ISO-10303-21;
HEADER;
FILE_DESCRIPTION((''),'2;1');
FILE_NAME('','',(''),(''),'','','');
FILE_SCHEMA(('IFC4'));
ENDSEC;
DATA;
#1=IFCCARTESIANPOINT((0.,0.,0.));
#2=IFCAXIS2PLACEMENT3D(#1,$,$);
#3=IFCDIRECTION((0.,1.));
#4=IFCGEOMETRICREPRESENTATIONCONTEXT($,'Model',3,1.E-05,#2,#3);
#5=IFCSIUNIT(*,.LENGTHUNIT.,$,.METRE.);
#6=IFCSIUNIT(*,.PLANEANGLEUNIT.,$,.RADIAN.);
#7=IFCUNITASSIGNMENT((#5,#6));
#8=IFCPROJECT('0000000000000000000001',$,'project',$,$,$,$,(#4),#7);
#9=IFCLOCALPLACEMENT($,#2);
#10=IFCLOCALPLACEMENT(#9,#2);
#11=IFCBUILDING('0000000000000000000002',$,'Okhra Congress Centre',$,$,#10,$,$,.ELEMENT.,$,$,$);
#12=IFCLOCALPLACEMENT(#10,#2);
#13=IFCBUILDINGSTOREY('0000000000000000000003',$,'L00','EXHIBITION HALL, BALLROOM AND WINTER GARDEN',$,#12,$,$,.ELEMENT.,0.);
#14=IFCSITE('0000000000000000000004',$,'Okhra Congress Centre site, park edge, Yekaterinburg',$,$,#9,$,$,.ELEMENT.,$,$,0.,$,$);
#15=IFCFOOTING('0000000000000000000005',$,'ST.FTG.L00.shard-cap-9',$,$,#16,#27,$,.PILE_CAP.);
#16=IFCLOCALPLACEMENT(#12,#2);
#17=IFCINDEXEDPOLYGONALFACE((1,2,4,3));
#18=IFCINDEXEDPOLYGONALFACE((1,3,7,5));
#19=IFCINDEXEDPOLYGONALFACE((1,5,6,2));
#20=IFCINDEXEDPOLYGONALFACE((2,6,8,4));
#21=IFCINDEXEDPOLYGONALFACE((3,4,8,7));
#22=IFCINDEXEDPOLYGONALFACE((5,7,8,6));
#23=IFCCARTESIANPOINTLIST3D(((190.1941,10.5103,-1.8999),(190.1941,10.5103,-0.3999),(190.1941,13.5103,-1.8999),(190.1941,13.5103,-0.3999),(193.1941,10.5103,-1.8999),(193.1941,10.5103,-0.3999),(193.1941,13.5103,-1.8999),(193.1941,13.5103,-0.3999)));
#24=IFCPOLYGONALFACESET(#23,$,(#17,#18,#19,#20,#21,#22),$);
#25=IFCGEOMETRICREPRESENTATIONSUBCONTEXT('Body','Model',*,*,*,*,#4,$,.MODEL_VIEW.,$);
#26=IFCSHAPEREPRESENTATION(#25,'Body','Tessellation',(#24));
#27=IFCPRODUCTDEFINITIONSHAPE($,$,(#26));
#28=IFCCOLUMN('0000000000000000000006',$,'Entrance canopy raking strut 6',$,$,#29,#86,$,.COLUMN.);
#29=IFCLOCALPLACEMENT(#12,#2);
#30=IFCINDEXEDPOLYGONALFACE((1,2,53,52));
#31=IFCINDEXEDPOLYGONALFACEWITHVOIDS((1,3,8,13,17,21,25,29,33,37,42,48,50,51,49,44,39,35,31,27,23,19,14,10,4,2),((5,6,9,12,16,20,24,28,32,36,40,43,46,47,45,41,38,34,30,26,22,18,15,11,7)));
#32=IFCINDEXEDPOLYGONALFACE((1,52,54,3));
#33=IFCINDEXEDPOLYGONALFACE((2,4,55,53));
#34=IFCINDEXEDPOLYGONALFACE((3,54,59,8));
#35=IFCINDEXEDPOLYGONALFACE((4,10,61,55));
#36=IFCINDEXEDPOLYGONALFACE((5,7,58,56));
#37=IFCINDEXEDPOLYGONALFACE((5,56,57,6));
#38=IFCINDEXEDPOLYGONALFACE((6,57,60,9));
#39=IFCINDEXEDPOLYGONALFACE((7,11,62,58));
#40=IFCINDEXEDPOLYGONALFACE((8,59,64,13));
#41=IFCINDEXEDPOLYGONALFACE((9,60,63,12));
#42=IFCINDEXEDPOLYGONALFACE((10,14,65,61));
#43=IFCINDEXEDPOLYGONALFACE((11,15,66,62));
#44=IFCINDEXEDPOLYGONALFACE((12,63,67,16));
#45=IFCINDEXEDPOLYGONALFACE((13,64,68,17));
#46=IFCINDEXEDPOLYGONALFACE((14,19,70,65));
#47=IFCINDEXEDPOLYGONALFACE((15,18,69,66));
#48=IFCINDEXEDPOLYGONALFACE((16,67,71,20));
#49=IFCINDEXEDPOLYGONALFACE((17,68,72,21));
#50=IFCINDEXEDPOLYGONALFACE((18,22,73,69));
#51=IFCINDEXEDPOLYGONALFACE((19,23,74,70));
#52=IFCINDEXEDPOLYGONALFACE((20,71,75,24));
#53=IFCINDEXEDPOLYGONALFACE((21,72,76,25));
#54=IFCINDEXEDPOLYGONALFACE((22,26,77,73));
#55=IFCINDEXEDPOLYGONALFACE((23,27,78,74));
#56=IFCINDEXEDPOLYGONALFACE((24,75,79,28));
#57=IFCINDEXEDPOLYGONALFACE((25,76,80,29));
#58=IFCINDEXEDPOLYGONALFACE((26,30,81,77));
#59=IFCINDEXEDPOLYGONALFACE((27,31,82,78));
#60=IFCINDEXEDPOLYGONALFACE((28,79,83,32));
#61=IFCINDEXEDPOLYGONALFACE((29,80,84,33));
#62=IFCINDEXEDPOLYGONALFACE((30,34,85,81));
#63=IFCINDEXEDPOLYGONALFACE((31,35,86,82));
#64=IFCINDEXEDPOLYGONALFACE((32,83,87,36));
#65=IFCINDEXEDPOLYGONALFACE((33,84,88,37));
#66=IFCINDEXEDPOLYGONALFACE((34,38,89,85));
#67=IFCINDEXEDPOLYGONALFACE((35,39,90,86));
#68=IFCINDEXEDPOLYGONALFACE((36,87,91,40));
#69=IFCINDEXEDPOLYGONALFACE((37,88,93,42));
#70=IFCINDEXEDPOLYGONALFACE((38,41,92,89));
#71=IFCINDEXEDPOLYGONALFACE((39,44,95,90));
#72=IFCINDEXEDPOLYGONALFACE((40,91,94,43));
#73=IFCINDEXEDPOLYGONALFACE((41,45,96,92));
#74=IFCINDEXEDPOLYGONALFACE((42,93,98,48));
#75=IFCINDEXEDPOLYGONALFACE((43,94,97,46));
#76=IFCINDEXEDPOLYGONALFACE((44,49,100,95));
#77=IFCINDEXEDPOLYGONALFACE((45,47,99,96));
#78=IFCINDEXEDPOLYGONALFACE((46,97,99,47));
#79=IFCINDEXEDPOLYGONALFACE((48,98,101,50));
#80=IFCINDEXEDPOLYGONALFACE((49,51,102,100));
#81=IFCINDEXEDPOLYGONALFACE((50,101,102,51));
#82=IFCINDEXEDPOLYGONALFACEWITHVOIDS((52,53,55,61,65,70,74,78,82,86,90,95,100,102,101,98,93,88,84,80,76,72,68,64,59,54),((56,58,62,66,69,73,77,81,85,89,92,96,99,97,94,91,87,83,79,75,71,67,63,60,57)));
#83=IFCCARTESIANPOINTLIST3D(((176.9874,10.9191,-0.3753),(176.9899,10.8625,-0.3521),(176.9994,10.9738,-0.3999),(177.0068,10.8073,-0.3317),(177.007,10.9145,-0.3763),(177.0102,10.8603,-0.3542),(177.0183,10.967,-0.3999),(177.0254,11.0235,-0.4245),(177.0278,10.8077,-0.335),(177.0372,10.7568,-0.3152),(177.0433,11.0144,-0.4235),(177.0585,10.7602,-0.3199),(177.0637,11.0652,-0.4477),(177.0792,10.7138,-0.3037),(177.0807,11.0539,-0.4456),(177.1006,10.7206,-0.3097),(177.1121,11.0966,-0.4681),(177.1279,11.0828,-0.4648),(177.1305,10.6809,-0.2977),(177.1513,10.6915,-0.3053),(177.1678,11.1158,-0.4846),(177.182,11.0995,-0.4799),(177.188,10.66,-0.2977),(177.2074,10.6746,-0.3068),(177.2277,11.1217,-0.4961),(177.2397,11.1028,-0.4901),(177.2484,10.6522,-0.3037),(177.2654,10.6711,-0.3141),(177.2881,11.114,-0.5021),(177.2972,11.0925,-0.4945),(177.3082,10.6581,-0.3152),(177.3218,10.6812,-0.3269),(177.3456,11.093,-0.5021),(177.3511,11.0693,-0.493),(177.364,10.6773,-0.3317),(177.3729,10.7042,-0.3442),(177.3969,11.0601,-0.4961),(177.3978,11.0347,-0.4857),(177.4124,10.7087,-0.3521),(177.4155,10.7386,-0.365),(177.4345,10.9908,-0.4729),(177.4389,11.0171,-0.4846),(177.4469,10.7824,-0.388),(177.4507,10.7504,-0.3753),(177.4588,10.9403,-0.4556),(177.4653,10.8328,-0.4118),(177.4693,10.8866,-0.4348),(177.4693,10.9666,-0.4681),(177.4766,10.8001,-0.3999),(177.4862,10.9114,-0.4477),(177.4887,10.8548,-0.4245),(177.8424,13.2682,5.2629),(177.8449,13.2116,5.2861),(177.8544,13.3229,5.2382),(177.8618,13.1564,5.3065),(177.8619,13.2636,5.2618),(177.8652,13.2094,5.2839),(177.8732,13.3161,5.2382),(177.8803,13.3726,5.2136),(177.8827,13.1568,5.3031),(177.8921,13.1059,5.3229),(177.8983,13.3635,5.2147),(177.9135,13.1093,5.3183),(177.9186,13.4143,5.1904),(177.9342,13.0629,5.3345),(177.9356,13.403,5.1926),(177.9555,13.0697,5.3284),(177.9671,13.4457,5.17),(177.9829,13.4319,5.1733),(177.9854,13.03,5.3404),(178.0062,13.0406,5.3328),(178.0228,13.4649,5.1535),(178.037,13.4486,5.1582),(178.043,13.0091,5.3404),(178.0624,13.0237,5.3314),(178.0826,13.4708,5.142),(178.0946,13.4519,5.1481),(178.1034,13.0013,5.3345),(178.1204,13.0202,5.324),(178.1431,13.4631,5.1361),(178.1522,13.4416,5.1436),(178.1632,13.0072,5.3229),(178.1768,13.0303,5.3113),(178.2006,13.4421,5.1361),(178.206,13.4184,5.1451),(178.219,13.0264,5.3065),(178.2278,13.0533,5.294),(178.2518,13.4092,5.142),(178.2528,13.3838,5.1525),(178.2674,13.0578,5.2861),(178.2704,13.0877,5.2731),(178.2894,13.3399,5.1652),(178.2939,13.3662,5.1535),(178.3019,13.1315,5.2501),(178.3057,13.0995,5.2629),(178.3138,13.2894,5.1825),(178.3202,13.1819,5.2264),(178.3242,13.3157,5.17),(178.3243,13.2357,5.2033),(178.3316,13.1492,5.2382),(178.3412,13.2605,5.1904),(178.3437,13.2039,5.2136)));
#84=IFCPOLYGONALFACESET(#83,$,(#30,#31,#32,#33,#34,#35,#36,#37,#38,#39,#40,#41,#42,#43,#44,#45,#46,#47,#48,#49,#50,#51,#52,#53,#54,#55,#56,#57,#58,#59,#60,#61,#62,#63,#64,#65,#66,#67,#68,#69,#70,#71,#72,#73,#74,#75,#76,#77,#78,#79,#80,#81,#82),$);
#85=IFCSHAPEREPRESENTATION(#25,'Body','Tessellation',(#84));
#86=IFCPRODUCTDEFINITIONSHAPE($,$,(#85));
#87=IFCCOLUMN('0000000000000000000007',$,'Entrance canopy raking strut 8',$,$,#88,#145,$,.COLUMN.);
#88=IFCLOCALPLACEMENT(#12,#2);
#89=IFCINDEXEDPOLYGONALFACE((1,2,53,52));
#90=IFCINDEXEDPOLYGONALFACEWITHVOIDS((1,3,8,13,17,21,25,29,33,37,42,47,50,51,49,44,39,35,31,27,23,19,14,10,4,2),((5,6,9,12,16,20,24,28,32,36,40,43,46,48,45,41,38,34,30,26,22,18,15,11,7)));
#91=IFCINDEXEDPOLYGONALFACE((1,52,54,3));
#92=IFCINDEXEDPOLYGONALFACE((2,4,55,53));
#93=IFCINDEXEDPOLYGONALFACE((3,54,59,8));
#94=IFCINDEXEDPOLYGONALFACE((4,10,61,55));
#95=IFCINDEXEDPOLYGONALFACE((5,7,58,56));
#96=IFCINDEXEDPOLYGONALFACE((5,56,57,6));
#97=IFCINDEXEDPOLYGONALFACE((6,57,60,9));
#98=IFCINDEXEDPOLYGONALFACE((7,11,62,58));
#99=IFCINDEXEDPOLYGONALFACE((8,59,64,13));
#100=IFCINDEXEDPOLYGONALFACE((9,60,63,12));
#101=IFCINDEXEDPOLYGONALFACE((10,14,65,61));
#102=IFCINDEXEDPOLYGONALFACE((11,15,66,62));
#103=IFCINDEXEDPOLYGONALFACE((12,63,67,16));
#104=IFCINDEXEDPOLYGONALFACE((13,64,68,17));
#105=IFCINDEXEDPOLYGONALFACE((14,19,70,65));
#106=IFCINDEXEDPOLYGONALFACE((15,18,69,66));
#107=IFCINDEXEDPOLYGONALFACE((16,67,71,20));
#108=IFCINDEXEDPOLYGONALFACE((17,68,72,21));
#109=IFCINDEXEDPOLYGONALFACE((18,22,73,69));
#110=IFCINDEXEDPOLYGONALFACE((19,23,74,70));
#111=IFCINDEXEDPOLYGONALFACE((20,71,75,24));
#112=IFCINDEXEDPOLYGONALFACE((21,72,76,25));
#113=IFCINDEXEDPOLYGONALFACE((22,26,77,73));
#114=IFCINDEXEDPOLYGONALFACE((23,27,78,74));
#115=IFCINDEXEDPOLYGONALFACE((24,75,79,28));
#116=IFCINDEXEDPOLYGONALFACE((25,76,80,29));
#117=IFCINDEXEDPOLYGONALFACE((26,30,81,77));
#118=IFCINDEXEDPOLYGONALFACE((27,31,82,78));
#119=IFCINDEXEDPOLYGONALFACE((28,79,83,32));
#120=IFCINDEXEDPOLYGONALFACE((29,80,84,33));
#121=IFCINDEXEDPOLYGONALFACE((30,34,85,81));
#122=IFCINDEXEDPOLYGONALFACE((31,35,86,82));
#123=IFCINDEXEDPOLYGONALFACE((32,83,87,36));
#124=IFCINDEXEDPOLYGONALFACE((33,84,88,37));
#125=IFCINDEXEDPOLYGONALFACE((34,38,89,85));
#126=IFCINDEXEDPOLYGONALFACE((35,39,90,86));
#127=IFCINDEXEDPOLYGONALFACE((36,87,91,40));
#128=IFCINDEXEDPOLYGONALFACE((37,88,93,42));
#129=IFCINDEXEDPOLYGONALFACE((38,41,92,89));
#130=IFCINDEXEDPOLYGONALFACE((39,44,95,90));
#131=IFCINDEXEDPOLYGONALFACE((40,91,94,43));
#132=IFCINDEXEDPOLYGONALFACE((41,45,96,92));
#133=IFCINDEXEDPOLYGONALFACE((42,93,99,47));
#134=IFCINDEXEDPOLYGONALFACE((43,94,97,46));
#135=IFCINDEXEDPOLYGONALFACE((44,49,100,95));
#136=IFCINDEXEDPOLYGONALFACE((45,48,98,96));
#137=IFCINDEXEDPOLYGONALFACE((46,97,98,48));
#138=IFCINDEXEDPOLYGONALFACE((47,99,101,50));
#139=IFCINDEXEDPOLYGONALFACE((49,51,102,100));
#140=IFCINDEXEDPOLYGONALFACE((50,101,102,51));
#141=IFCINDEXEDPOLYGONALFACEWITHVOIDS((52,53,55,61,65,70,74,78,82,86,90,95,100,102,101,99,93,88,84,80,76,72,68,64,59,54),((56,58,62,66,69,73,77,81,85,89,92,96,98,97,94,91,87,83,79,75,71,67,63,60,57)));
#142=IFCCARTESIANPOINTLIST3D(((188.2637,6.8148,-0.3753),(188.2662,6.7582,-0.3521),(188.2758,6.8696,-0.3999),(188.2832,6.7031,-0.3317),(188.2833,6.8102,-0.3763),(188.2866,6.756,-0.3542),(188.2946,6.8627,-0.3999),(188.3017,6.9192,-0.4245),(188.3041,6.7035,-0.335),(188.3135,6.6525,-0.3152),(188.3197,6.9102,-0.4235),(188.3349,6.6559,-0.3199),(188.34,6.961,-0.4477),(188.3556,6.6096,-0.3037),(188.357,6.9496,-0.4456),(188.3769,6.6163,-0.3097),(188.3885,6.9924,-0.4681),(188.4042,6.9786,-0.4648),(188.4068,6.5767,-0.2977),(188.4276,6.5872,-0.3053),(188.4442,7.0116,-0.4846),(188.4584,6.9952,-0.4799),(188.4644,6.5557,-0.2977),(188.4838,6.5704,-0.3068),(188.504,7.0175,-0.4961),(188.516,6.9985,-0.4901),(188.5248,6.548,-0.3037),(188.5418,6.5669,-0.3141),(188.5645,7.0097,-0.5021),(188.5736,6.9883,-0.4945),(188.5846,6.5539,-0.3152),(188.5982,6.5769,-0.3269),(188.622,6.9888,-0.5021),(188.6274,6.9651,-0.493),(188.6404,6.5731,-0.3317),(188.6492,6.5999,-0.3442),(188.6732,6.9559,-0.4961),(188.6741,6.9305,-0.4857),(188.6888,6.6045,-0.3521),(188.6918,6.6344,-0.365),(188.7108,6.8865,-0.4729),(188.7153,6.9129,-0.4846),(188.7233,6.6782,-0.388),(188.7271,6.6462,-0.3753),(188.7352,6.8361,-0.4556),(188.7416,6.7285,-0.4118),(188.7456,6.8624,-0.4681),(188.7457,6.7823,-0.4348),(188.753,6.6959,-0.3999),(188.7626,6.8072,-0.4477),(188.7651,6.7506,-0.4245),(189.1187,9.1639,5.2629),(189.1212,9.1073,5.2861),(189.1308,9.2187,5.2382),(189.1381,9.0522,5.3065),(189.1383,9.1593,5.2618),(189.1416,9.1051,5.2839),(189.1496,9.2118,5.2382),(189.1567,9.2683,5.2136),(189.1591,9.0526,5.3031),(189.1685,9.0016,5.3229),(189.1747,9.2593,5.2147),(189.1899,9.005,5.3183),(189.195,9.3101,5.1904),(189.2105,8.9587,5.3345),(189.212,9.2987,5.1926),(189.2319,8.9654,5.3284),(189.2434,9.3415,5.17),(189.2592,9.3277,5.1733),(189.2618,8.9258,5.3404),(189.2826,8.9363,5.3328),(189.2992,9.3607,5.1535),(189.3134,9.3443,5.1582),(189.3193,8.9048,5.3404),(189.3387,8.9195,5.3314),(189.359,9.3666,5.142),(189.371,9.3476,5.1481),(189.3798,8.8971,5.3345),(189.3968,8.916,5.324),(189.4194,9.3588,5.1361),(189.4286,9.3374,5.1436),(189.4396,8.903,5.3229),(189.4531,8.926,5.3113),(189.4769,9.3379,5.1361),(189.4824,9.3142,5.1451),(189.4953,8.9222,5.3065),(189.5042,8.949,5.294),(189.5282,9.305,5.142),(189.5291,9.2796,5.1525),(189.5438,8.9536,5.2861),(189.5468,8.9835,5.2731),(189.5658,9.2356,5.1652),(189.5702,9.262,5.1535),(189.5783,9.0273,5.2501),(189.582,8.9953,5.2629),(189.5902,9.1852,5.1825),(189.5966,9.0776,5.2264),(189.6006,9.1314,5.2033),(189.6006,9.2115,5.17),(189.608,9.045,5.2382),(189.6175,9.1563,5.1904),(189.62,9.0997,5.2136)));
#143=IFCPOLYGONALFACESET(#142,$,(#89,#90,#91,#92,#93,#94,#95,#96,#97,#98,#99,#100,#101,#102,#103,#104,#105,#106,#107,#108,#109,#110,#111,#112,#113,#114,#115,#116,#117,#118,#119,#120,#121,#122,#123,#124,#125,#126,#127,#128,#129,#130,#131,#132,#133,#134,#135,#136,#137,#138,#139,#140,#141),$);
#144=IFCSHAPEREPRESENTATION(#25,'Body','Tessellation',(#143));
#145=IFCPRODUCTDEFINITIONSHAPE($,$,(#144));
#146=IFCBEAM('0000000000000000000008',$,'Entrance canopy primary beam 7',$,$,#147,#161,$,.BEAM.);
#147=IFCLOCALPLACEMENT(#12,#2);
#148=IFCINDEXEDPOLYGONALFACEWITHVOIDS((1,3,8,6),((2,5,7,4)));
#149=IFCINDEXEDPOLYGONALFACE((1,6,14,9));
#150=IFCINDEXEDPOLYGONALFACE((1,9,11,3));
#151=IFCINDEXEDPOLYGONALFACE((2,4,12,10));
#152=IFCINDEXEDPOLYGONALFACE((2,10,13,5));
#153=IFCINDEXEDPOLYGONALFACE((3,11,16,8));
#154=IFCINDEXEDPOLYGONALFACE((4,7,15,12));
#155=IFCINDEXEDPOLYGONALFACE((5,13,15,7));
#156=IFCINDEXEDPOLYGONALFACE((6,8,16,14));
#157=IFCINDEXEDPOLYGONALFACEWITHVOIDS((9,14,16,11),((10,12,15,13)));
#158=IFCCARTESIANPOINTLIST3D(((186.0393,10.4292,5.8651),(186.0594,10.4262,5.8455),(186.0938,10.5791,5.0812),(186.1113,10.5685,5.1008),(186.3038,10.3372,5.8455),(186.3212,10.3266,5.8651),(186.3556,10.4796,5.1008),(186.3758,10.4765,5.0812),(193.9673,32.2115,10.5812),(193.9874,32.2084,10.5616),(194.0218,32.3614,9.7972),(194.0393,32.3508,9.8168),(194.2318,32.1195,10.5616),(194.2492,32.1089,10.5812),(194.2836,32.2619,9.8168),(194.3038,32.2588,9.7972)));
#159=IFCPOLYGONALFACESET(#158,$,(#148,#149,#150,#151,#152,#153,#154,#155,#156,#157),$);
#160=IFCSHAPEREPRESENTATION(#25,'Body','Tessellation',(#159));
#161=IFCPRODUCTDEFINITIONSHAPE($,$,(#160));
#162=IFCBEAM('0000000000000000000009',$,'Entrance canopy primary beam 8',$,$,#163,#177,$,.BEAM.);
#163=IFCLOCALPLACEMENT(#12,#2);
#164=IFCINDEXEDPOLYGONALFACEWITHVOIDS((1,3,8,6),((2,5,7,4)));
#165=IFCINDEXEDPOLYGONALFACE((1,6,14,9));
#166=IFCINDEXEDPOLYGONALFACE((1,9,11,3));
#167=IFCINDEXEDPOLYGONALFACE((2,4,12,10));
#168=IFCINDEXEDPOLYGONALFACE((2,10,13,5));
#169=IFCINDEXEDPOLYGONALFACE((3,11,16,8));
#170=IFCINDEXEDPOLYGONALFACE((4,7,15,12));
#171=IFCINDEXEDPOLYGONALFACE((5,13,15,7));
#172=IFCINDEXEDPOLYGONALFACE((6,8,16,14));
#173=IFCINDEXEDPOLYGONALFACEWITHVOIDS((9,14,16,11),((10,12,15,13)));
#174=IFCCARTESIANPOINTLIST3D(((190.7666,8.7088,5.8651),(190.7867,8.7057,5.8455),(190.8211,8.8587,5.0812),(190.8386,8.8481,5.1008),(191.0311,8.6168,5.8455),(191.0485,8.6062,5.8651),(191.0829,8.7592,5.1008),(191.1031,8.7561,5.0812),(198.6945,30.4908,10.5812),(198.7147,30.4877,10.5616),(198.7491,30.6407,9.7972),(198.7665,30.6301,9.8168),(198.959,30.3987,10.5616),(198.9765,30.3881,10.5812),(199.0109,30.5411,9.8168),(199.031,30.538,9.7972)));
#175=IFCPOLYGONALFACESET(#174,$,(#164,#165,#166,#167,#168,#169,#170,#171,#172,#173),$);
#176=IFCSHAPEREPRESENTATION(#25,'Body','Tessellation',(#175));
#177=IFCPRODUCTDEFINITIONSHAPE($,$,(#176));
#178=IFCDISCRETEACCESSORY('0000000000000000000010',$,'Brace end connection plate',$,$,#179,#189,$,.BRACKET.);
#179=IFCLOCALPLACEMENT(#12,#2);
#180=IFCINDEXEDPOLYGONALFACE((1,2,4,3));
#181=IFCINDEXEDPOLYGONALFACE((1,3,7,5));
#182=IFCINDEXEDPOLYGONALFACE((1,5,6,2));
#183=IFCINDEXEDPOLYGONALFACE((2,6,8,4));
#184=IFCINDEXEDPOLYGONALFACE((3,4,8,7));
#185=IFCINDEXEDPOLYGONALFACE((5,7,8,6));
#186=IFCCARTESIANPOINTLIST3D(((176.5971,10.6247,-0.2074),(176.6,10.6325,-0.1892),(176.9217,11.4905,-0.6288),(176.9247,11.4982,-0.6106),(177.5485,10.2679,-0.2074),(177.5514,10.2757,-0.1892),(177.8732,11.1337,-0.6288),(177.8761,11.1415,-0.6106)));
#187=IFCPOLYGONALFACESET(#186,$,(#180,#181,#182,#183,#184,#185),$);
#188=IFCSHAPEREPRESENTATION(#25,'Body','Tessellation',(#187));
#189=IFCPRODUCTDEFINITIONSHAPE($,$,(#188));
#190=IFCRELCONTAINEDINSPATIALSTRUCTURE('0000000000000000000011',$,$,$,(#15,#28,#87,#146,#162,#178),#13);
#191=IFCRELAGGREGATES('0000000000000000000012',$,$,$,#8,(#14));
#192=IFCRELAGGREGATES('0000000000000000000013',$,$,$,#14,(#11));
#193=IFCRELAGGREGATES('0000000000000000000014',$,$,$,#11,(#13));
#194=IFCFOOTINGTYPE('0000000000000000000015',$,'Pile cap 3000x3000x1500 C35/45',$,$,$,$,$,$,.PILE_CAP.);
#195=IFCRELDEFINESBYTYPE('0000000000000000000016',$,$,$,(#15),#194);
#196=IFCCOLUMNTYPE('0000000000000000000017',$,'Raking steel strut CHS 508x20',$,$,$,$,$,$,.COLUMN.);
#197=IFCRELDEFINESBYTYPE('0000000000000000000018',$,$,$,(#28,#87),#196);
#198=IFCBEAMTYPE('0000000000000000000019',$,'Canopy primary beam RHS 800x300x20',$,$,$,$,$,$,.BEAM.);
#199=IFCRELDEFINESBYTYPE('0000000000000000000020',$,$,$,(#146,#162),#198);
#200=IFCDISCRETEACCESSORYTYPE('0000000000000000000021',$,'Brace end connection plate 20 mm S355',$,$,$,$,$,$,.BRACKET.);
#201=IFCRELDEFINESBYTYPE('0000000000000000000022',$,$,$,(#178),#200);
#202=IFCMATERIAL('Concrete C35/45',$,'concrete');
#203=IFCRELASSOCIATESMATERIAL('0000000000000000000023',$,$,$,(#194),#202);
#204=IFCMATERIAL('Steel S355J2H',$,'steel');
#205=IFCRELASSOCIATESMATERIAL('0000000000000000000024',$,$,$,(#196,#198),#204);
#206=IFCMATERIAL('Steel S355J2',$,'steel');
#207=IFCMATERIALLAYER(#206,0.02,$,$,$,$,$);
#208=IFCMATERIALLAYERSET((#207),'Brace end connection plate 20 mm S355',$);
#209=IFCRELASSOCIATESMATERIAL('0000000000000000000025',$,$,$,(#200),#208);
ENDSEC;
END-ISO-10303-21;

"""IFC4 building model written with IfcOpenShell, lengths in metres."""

from ifc_helpers import new_model, si_unit, direction, frame, origin, origin_2d, place, context, subcontext, project, spatial, rectangle, hollow_rectangle, hollow_circle, extrude, material, layer, layer_set, material_profile, profile_set, type_object, element, save


model = new_model("IFC4")

# Units and contexts
model_context = context("Model", 3, precision=1e-05, world=origin(), true_north=direction((0.0, 1.0)))
body_context = subcontext(model_context, "Body", "Model", "MODEL_VIEW")
ifc_project = project(units=[si_unit("LENGTHUNIT", "METRE"), si_unit("PLANEANGLEUNIT", "RADIAN")], contexts=[model_context])

# Site, building, storey
site_placement = place(None, origin())
site = spatial("IfcSite", under=ifc_project, at=site_placement, Name="Okhra Congress Centre site, park edge, Yekaterinburg", CompositionType="ELEMENT", RefElevation=0.0)
building_placement = place(site_placement, origin())
building = spatial("IfcBuilding", under=site, at=building_placement, Name="Okhra Congress Centre", CompositionType="ELEMENT")
storey_placement = place(building_placement, origin())
storey = spatial("IfcBuildingStorey", under=building, at=storey_placement, Name="L00", Description="EXHIBITION HALL, BALLROOM AND WINTER GARDEN", CompositionType="ELEMENT", Elevation=0.0)

# Footing
ifc_material_1 = material(Name="Concrete C35/45", Category="concrete")
footing_type = type_object("IfcFootingType", Name="Pile cap 3000x3000x1500 C35/45", PredefinedType="PILE_CAP", material=ifc_material_1)
for number, where, z_axis, x_axis, name in (
    (1, (191.6941, 12.0103, -1.8999), (0.0, 0.0, 1.0), (1.0, 0.0, 0.0), "ST.FTG.L00.shard-cap-9"),
):
    element("IfcFooting", number, at=place(storey_placement, frame(where, z_axis=z_axis, x_axis=x_axis)), inside=storey, type_object=footing_type, Name=name, PredefinedType="PILE_CAP", context=body_context, shape_type="SweptSolid", body=[
        extrude(rectangle(XDim=3.0, YDim=3.0, at=origin_2d()), origin(), (0.0, 0.0, 1.0), 1.5),
    ])

# Columns
ifc_material_2 = material(Name="Steel S355J2H", Category="steel")
ifc_material_profile_1 = material_profile(ifc_material_2, hollow_circle(Radius=0.2539, WallThickness=0.02, at=origin_2d()), Name="CHS 508x20")
ifc_profile_set_1 = profile_set([ifc_material_profile_1], Name="Steel S355J2H")
column_type = type_object("IfcColumnType", Name="Raking steel strut CHS 508x20", PredefinedType="COLUMN", material=ifc_profile_set_1)
for number, where, z_axis, x_axis, name in (
    (2, (177.238, 10.887, -0.3999), (0.138626, 0.380885, 0.914171), (-0.939696, 0.34201, 0.0), "Entrance canopy raking strut 6"),
    (3, (188.5144, 6.7827, -0.3999), (0.138626, 0.380885, 0.914171), (-0.939696, 0.34201, 0.0), "Entrance canopy raking strut 8"),
):
    element("IfcColumn", number, at=place(storey_placement, frame(where, z_axis=z_axis, x_axis=x_axis)), inside=storey, type_object=column_type, Name=name, PredefinedType="COLUMN", context=body_context, shape_type="SweptSolid", body=[
        extrude(hollow_circle(Radius=0.2539, WallThickness=0.02, at=origin_2d()), origin(), (0.0, 0.0, 1.0), 6.1675),
    ])

# Beams
ifc_material_profile_2 = material_profile(ifc_material_2, hollow_rectangle(XDim=0.3, YDim=0.8, WallThickness=0.02, at=origin_2d()), Name="RHS 800x300x20")
ifc_profile_set_2 = profile_set([ifc_material_profile_2], Name="Steel S355J2H")
beam_type = type_object("IfcBeamType", Name="Canopy primary beam RHS 800x300x20", PredefinedType="BEAM", material=ifc_profile_set_2)
beam_1_placement = place(storey_placement, frame((186.2075, 10.4529, 5.4731), z_axis=(0.33515, 0.920829, 0.199369), x_axis=(-0.939694, 0.342016, 0.0)))
element("IfcBeam", 4, at=beam_1_placement, inside=storey, type_object=beam_type, Name="Entrance canopy primary beam 7", PredefinedType="BEAM", context=body_context, shape_type="SweptSolid", body=[
    extrude(hollow_rectangle(XDim=0.3, YDim=0.8, WallThickness=0.02, at=origin_2d()), origin(), (0.0, 0.0, 1.0), 23.655),
])
beam_2_placement = place(storey_placement, frame((190.9348, 8.7324, 5.4731), z_axis=(0.335153, 0.920828, 0.19937), x_axis=(-0.939693, 0.34202, 0.0)))
element("IfcBeam", 5, at=beam_2_placement, inside=storey, type_object=beam_type, Name="Entrance canopy primary beam 8", PredefinedType="BEAM", context=body_context, shape_type="SweptSolid", body=[
    extrude(hollow_rectangle(XDim=0.3, YDim=0.8, WallThickness=0.02, at=origin_2d()), origin(), (0.0, 0.0, 1.0), 23.6548),
])

# Discrete accessory
ifc_material_3 = material(Name="Steel S355J2", Category="steel")
ifc_layer = layer(ifc_material_3, 0.02)
ifc_layer_set = layer_set([ifc_layer], Name="Brace end connection plate 20 mm S355")
discrete_accessory_type_1 = type_object("IfcDiscreteAccessoryType", Name="Brace end connection plate 20 mm S355", PredefinedType="BRACKET", material=ifc_layer_set)
for number, where, z_axis, x_axis, name in (
    (6, (177.238, 10.887, -0.3999), (-0.145596, -0.388257, -0.909977), (0.936329, -0.351123, 0.0), "Brace end connection plate"),
):
    element("IfcDiscreteAccessory", number, at=place(storey_placement, frame(where, z_axis=z_axis, x_axis=x_axis)), inside=storey, type_object=discrete_accessory_type_1, Name=name, PredefinedType="BRACKET", context=body_context, shape_type="SweptSolid", body=[
        extrude(rectangle(XDim=1.0161, YDim=1.0161, at=origin_2d()), origin(), (0.0, 0.0, 1.0), 0.02),
    ])

save(model, "model.ifc")
